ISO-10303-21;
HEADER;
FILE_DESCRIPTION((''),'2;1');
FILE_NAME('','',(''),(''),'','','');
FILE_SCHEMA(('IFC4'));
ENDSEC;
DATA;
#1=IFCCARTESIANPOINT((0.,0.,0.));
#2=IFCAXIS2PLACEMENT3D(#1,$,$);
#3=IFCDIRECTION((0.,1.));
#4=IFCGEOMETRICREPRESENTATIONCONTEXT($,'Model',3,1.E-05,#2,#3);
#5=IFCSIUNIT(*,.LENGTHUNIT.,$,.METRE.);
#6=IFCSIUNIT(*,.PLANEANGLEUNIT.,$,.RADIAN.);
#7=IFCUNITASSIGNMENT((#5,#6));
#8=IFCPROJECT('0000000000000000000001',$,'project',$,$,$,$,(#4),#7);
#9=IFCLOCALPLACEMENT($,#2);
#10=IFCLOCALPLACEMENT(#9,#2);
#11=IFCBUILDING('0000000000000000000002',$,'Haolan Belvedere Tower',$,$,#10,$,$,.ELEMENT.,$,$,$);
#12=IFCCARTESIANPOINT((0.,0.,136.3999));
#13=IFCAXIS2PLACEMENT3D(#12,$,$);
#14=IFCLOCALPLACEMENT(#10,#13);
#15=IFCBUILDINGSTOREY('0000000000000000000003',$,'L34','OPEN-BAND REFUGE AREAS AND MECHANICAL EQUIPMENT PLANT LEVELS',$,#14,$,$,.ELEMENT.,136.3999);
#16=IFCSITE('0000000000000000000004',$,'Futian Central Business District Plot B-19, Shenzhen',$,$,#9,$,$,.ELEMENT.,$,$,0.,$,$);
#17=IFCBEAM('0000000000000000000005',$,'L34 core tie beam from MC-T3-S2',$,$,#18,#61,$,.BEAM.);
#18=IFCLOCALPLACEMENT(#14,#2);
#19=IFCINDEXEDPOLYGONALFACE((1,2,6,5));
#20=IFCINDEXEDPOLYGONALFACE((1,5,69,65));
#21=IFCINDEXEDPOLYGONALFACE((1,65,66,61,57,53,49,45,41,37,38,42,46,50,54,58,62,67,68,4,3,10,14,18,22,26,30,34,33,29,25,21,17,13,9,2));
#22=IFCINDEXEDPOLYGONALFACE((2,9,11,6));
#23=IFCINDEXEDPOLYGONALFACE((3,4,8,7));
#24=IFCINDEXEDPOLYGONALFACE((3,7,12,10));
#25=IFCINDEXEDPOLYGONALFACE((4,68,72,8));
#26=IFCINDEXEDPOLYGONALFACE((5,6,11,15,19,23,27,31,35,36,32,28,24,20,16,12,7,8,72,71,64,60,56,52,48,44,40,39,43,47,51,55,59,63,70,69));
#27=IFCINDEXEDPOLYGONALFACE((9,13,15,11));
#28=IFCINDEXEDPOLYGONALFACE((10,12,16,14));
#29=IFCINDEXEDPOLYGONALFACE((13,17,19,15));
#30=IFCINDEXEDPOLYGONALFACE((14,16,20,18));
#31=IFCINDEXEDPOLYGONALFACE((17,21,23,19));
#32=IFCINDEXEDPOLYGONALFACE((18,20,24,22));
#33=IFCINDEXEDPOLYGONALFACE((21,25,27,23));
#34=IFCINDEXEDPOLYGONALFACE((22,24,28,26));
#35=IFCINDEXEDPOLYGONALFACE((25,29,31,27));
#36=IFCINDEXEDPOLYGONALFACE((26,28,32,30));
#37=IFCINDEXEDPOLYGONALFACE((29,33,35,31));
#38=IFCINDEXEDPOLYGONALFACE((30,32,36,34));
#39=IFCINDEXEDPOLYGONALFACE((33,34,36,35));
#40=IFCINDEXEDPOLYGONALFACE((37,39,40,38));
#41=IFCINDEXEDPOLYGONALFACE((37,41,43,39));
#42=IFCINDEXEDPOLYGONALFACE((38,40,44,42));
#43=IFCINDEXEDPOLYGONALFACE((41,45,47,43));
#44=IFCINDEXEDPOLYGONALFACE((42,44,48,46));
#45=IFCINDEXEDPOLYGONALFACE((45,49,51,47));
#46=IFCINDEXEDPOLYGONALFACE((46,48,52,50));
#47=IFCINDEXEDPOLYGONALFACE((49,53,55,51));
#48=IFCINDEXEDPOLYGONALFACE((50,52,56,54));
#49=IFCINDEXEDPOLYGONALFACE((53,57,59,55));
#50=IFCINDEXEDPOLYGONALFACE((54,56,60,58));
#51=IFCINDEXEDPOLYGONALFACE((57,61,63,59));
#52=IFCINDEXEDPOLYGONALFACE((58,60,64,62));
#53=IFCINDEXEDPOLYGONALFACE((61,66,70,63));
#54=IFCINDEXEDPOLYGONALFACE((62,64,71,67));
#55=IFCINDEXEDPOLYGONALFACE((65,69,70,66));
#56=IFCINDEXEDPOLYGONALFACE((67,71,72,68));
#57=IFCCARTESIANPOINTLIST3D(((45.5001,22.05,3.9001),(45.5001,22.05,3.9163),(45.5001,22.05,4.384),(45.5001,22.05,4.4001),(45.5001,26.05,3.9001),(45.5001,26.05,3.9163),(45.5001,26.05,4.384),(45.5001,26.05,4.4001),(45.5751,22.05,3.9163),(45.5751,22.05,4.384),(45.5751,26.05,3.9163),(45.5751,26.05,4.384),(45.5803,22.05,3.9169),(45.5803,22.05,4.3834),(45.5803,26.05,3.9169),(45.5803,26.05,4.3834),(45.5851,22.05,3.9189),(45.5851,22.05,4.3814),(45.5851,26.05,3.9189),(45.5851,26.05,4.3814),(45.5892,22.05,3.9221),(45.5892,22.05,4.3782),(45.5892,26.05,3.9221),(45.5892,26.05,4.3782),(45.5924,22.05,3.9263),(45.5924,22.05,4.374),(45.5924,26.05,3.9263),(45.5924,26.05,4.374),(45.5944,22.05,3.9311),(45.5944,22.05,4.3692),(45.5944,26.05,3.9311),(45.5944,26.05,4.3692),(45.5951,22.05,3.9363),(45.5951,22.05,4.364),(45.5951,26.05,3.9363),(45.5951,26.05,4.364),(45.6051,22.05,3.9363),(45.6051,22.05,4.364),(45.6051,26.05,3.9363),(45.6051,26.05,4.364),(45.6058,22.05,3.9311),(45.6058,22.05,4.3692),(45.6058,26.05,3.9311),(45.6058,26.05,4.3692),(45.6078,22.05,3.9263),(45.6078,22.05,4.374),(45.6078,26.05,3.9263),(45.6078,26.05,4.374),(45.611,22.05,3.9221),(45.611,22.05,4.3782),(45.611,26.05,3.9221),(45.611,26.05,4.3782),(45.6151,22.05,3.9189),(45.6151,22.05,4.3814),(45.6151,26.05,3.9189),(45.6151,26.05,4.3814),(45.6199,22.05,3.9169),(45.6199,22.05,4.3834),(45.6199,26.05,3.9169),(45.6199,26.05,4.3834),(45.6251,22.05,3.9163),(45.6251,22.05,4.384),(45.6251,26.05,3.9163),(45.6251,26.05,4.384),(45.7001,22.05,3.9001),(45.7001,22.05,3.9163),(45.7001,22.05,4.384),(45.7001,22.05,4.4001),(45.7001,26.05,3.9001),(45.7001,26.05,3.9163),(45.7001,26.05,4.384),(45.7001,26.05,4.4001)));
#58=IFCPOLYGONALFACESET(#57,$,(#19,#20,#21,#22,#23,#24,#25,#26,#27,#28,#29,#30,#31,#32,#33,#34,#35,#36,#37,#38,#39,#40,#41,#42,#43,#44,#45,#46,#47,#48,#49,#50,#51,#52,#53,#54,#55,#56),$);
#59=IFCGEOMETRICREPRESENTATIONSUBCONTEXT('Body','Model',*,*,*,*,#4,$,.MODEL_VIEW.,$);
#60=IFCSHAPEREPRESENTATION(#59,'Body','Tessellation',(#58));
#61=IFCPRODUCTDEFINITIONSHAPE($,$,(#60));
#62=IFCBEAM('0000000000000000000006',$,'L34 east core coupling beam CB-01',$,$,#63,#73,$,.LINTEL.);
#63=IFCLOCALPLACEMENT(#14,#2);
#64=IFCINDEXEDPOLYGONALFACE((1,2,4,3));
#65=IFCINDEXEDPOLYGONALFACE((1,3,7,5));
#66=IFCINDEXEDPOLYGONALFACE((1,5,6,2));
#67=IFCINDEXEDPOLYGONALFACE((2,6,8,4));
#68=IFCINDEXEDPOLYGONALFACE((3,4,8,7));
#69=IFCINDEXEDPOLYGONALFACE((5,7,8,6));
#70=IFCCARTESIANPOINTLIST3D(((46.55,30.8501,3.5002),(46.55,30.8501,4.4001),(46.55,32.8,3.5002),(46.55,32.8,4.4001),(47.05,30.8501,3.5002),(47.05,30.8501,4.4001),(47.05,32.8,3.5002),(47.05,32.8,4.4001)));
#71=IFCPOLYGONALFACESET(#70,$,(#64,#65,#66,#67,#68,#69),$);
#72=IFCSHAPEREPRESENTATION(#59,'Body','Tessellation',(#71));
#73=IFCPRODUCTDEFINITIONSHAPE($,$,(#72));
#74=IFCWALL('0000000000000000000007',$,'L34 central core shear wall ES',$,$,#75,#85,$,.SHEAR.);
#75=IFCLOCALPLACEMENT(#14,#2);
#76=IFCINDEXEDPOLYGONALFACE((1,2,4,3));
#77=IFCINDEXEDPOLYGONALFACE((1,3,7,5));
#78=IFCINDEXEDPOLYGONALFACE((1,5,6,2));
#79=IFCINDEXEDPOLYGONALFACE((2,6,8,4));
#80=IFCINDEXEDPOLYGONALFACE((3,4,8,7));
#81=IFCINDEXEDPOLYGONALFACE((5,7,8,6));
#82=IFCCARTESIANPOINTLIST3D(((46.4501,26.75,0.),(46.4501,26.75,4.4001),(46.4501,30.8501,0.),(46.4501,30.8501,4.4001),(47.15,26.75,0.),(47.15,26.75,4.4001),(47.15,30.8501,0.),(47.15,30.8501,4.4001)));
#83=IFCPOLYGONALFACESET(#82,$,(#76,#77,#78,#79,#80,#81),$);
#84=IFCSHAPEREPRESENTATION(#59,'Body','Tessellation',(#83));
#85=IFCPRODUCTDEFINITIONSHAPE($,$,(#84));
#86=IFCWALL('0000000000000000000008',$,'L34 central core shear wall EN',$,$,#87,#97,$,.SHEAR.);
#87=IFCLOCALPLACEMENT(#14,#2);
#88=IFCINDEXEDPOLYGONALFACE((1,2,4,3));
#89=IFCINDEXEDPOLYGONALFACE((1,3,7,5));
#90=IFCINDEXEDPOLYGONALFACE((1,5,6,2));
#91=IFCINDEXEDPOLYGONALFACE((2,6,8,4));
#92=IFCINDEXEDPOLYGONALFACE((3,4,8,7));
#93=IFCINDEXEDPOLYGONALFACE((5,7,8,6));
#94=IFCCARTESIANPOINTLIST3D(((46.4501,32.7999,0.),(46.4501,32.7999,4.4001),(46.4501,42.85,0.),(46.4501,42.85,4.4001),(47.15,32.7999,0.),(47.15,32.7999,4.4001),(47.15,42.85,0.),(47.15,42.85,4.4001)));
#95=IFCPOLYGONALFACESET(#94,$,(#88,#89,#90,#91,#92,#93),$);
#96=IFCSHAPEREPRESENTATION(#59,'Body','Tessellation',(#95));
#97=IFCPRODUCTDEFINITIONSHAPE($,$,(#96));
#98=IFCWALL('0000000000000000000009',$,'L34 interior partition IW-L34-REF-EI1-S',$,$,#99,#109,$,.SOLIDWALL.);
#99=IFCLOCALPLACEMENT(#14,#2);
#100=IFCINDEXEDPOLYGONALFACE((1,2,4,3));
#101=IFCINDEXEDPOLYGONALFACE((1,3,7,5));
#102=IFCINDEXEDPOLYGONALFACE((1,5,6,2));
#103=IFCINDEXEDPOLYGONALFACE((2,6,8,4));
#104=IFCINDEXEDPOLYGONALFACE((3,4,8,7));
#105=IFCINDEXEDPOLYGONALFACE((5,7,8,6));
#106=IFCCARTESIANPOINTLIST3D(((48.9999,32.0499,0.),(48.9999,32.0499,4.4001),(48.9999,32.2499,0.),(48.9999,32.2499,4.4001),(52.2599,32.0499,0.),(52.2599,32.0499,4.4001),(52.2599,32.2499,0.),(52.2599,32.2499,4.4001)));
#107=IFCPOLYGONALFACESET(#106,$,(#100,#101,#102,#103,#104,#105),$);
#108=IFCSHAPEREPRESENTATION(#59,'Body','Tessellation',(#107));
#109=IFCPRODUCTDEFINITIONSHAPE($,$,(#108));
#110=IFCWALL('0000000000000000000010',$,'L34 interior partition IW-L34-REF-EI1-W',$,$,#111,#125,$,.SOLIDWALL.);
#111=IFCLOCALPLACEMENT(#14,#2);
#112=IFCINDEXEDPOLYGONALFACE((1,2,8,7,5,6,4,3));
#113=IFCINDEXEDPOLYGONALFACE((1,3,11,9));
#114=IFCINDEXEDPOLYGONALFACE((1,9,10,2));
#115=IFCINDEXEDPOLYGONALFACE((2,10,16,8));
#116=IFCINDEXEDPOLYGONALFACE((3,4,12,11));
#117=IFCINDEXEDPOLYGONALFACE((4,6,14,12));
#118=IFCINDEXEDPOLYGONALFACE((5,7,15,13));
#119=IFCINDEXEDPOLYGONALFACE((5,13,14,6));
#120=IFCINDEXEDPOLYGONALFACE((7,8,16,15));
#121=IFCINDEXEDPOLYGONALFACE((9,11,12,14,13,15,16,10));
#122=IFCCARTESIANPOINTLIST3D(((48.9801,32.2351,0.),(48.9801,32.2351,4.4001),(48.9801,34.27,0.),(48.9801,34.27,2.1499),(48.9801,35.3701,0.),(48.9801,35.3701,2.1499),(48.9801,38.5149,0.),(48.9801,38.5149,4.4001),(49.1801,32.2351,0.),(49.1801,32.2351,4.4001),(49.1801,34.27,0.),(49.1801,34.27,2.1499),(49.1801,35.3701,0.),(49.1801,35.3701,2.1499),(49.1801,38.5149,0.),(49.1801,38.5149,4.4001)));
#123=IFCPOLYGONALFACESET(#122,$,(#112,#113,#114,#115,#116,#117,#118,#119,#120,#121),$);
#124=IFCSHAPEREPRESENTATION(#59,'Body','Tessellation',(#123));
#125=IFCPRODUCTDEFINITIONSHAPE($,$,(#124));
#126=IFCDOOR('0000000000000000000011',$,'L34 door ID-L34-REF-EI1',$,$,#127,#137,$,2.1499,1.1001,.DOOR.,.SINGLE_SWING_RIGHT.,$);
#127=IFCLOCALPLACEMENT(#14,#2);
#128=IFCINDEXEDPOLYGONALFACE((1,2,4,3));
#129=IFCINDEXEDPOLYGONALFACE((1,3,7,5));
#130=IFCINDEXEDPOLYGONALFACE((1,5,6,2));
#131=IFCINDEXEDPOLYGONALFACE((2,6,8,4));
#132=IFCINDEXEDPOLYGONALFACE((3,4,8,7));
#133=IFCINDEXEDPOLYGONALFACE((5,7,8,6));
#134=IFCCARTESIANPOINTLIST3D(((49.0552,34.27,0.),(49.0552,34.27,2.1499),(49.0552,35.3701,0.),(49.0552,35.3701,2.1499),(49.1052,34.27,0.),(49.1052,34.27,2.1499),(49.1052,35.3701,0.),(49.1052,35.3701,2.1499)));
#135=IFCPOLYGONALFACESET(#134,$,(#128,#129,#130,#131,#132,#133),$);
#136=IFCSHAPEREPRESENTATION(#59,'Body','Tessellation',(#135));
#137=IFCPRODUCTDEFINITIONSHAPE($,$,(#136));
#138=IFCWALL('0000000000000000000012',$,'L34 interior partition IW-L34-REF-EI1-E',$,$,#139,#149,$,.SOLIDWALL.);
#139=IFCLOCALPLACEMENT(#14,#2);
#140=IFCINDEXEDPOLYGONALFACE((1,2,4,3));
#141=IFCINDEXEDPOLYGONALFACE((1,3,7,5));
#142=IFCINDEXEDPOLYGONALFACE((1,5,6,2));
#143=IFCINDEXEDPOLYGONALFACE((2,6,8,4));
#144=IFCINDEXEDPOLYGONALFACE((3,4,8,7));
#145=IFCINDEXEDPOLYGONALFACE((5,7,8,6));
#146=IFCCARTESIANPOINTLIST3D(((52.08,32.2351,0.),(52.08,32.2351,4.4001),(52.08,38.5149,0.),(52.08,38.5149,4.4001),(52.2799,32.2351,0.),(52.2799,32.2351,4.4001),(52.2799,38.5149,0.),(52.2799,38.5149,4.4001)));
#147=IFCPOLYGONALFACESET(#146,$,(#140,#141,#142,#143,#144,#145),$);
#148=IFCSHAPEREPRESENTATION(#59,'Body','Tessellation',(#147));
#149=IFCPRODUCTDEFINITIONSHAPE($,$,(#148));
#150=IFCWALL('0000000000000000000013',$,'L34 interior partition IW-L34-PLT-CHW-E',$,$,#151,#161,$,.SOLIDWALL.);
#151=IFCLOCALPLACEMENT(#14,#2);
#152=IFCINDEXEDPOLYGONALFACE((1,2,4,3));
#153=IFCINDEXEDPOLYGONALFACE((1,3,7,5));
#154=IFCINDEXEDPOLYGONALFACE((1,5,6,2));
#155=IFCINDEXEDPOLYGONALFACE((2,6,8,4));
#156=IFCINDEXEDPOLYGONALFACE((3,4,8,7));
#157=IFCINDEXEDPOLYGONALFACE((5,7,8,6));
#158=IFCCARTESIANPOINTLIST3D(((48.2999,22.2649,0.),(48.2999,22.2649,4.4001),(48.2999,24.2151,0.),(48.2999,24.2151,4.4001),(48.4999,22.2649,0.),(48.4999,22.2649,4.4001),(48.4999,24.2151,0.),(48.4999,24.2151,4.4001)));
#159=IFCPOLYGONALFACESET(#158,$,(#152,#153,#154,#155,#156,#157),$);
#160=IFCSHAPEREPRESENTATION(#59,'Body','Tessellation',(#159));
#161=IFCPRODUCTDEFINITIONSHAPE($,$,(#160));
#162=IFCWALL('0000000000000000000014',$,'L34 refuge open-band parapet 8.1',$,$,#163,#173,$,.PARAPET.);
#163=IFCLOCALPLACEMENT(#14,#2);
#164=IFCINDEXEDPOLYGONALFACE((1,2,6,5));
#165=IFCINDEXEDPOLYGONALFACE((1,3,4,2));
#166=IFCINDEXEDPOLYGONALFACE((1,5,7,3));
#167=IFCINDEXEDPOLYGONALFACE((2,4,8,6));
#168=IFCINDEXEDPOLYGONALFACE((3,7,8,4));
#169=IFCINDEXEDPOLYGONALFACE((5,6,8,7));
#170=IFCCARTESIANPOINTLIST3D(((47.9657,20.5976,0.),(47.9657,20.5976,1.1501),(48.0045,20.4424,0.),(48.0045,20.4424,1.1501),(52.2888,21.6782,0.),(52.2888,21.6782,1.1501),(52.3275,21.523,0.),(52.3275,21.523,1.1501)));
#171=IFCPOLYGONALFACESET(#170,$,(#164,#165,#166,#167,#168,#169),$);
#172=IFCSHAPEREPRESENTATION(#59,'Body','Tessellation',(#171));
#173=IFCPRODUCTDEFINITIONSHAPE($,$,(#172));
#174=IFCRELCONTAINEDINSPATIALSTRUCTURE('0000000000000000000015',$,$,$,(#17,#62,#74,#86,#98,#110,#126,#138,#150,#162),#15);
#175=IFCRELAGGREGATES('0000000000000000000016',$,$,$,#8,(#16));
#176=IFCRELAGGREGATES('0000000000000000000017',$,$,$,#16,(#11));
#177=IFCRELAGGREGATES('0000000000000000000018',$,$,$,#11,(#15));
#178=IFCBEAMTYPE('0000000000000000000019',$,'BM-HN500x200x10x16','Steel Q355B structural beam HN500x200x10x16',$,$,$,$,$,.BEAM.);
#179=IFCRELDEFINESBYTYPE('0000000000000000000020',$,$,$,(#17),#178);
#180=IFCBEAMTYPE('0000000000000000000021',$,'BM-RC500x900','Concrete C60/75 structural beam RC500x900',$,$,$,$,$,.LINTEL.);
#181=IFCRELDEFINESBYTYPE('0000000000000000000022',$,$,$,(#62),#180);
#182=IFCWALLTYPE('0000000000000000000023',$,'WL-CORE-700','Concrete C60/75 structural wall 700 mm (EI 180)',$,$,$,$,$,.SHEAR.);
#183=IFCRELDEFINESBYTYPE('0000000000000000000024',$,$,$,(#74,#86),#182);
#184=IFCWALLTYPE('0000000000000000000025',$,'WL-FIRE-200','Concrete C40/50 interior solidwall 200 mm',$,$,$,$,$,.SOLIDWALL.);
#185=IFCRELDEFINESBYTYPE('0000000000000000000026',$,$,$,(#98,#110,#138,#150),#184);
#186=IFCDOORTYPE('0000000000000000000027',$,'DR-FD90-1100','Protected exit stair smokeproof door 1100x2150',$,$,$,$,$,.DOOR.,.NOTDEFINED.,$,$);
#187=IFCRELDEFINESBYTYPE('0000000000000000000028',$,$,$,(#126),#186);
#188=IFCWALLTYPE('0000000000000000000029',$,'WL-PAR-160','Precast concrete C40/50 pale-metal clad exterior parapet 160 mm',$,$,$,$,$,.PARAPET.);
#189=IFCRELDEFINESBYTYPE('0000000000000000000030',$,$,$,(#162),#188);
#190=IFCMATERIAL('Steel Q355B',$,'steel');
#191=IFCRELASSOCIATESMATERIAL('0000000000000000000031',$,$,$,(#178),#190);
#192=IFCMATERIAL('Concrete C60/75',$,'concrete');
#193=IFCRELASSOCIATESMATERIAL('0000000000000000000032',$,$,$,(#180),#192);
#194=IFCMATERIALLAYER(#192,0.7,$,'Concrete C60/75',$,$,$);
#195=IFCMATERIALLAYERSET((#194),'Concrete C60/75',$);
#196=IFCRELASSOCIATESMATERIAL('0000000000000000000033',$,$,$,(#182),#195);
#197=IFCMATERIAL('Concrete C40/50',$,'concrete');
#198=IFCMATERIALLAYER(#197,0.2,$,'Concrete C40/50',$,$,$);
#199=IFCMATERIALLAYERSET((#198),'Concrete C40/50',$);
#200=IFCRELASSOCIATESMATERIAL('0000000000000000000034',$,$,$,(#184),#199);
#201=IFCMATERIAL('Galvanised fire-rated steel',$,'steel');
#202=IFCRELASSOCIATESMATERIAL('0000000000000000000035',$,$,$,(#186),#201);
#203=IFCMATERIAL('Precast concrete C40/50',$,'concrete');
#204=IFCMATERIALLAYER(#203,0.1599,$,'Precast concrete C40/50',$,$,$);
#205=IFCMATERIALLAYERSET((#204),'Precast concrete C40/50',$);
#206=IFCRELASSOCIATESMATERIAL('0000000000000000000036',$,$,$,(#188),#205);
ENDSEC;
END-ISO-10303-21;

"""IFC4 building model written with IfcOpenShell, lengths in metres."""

from ifc_helpers import new_model, si_unit, direction, frame, frame_2d, origin, origin_2d, place, context, subcontext, project, spatial, rectangle, i_section, extrude, material, layer, layer_set, material_profile, profile_set, type_object, element, fill, save


model = new_model("IFC4")

# Units and contexts
model_context = context("Model", 3, precision=1e-05, world=origin(), true_north=direction((0.0, 1.0)))
body_context = subcontext(model_context, "Body", "Model", "MODEL_VIEW")
ifc_project = project(units=[si_unit("LENGTHUNIT", "METRE"), si_unit("PLANEANGLEUNIT", "RADIAN")], contexts=[model_context])

# Site, building, storey
site_placement = place(None, origin())
site = spatial("IfcSite", under=ifc_project, at=site_placement, Name="Futian Central Business District Plot B-19, Shenzhen", CompositionType="ELEMENT", RefElevation=0.0)
building_placement = place(site_placement, origin())
building = spatial("IfcBuilding", under=site, at=building_placement, Name="Haolan Belvedere Tower", CompositionType="ELEMENT")
storey_placement = place(building_placement, frame((0.0, 0.0, 136.3999)))
storey = spatial("IfcBuildingStorey", under=building, at=storey_placement, Name="L34", Description="OPEN-BAND REFUGE AREAS AND MECHANICAL EQUIPMENT PLANT LEVELS", CompositionType="ELEMENT", Elevation=136.3999)

# Beams
ifc_material_1 = material(Name="Steel Q355B", Category="steel")
ifc_material_profile_1 = material_profile(ifc_material_1, i_section(OverallWidth=0.2, OverallDepth=0.5, WebThickness=0.01, FlangeThickness=0.0161, FilletRadius=0.02, at=origin_2d()), Name="Steel Q355B")
ifc_profile_set_1 = profile_set([ifc_material_profile_1], Name="Steel Q355B")
beam_type_1 = type_object("IfcBeamType", Name="BM-HN500x200x10x16", Description="Steel Q355B structural beam HN500x200x10x16", PredefinedType="BEAM", material=ifc_profile_set_1)
beam_1_placement = place(storey_placement, frame((45.6001, 22.05, 4.1501), z_axis=(0.0, 1.0, 0.0), x_axis=(-1.0, 0.0, 0.0)))
element("IfcBeam", 1, at=beam_1_placement, inside=storey, type_object=beam_type_1, Name="L34 core tie beam from MC-T3-S2", PredefinedType="BEAM", context=body_context, shape_type="SweptSolid", body=[
    extrude(i_section(OverallWidth=0.2, OverallDepth=0.5, WebThickness=0.01, FlangeThickness=0.0161, FilletRadius=0.02, at=origin_2d()), origin(), (0.0, 0.0, 1.0), 4.0),
])
ifc_material_2 = material(Name="Concrete C60/75", Category="concrete")
ifc_material_profile_2 = material_profile(ifc_material_2, rectangle(XDim=0.5, YDim=0.8999, at=origin_2d()), Name="Concrete C60/75")
ifc_profile_set_2 = profile_set([ifc_material_profile_2], Name="Concrete C60/75")
beam_type_2 = type_object("IfcBeamType", Name="BM-RC500x900", Description="Concrete C60/75 structural beam RC500x900", PredefinedType="LINTEL", material=ifc_profile_set_2)
beam_2_placement = place(storey_placement, frame((46.8, 30.8501, 3.9502), z_axis=(0.0, 1.0, 0.0), x_axis=(-1.0, 0.0, 0.0)))
element("IfcBeam", 2, at=beam_2_placement, inside=storey, type_object=beam_type_2, Name="L34 east core coupling beam CB-01", PredefinedType="LINTEL", context=body_context, shape_type="SweptSolid", body=[
    extrude(rectangle(XDim=0.5, YDim=0.8999, at=origin_2d()), origin(), (0.0, 0.0, 1.0), 1.95),
])

# Walls
ifc_layer_1 = layer(ifc_material_2, 0.7, Name="Concrete C60/75")
ifc_layer_set_1 = layer_set([ifc_layer_1], Name="Concrete C60/75")
wall_type_1 = type_object("IfcWallType", Name="WL-CORE-700", Description="Concrete C60/75 structural wall 700 mm (EI 180)", PredefinedType="SHEAR", material=ifc_layer_set_1)
wall_1_placement = place(storey_placement, frame((46.8, 26.75, 0.0), z_axis=(0.0, 0.0, 1.0), x_axis=(0.0, 1.0, 0.0)))
element("IfcWall", 3, at=wall_1_placement, inside=storey, type_object=wall_type_1, Name="L34 central core shear wall ES", PredefinedType="SHEAR", context=body_context, shape_type="SweptSolid", body=[
    extrude(rectangle(XDim=4.1001, YDim=0.7, at=frame_2d((2.05, 0.0))), origin(), (0.0, 0.0, 1.0), 4.4001),
])
wall_2_placement = place(storey_placement, frame((46.8, 32.8, 0.0), z_axis=(0.0, 0.0, 1.0), x_axis=(0.0, 1.0, 0.0)))
element("IfcWall", 4, at=wall_2_placement, inside=storey, type_object=wall_type_1, Name="L34 central core shear wall EN", PredefinedType="SHEAR", context=body_context, shape_type="SweptSolid", body=[
    extrude(rectangle(XDim=10.05, YDim=0.7, at=frame_2d((5.0249, 0.0))), origin(), (0.0, 0.0, 1.0), 4.4001),
])
ifc_material_3 = material(Name="Concrete C40/50", Category="concrete")
ifc_layer_2 = layer(ifc_material_3, 0.2, Name="Concrete C40/50")
ifc_layer_set_2 = layer_set([ifc_layer_2], Name="Concrete C40/50")
wall_type_2 = type_object("IfcWallType", Name="WL-FIRE-200", Description="Concrete C40/50 interior solidwall 200 mm", PredefinedType="SOLIDWALL", material=ifc_layer_set_2)
wall_3_placement = place(storey_placement, frame((49.0, 32.1499, 0.0), z_axis=(0.0, 0.0, 1.0), x_axis=(1.0, 0.0, 0.0)))
element("IfcWall", 5, at=wall_3_placement, inside=storey, type_object=wall_type_2, Name="L34 interior partition IW-L34-REF-EI1-S", PredefinedType="SOLIDWALL", context=body_context, shape_type="SweptSolid", body=[
    extrude(rectangle(XDim=3.26, YDim=0.2, at=frame_2d((1.6299, 0.0))), origin(), (0.0, 0.0, 1.0), 4.4001),
])

# Wall, opening, door
wall_4_placement = place(storey_placement, frame((49.0801, 32.2351, 0.0), z_axis=(0.0, 0.0, 1.0), x_axis=(0.0, 1.0, 0.0)))
wall_4 = element("IfcWall", 6, at=wall_4_placement, inside=storey, type_object=wall_type_2, Name="L34 interior partition IW-L34-REF-EI1-W", PredefinedType="SOLIDWALL", context=body_context, shape_type="SweptSolid", body=[
    extrude(rectangle(XDim=6.2798, YDim=0.2, at=frame_2d((3.1399, 0.0))), origin(), (0.0, 0.0, 1.0), 4.4001),
])
opening_placement = place(wall_4_placement, frame((2.0349, 0.0, 0.0)))
opening = element("IfcOpeningElement", 7, at=opening_placement, cuts=wall_4, PredefinedType="OPENING", context=body_context, shape_type="SweptSolid", body=[
    extrude(rectangle(XDim=1.1001, YDim=2.1499, at=frame_2d((0.55, 1.075))), frame((0.0, 0.1099, 0.0), z_axis=(0.0, -1.0, 0.0), x_axis=(1.0, 0.0, 0.0)), (0.0, 0.0, 1.0), 0.22),
])
ifc_material_4 = material(Name="Galvanised fire-rated steel", Category="steel")
door_type = type_object("IfcDoorType", Name="DR-FD90-1100", Description="Protected exit stair smokeproof door 1100x2150", OperationType="NOTDEFINED", PredefinedType="DOOR", material=ifc_material_4)
door_placement = place(opening_placement, origin())
door = element("IfcDoor", 8, at=door_placement, inside=storey, type_object=door_type, Name="L34 door ID-L34-REF-EI1", OperationType="SINGLE_SWING_RIGHT", OverallHeight=2.1499, OverallWidth=1.1001, PredefinedType="DOOR", context=body_context, shape_type="SweptSolid", body=[
    extrude(rectangle(XDim=1.1001, YDim=2.1499, at=frame_2d((0.55, 1.075))), frame((0.0, 0.0249, 0.0), z_axis=(0.0, -1.0, 0.0), x_axis=(1.0, 0.0, 0.0)), (0.0, 0.0, 1.0), 0.05),
])
fill(opening, door)

# Walls
wall_5_placement = place(storey_placement, frame((52.1799, 32.2351, 0.0), z_axis=(0.0, 0.0, 1.0), x_axis=(0.0, 1.0, 0.0)))
element("IfcWall", 9, at=wall_5_placement, inside=storey, type_object=wall_type_2, Name="L34 interior partition IW-L34-REF-EI1-E", PredefinedType="SOLIDWALL", context=body_context, shape_type="SweptSolid", body=[
    extrude(rectangle(XDim=6.2798, YDim=0.2, at=frame_2d((3.1399, 0.0))), origin(), (0.0, 0.0, 1.0), 4.4001),
])
wall_6_placement = place(storey_placement, frame((48.3999, 22.2649, 0.0), z_axis=(0.0, 0.0, 1.0), x_axis=(0.0, 1.0, 0.0)))
element("IfcWall", 10, at=wall_6_placement, inside=storey, type_object=wall_type_2, Name="L34 interior partition IW-L34-PLT-CHW-E", PredefinedType="SOLIDWALL", context=body_context, shape_type="SweptSolid", body=[
    extrude(rectangle(XDim=1.9502, YDim=0.2, at=frame_2d((0.9751, 0.0))), origin(), (0.0, 0.0, 1.0), 4.4001),
])
ifc_material_5 = material(Name="Precast concrete C40/50", Category="concrete")
ifc_layer_3 = layer(ifc_material_5, 0.1599, Name="Precast concrete C40/50")
ifc_layer_set_3 = layer_set([ifc_layer_3], Name="Precast concrete C40/50")
wall_type_3 = type_object("IfcWallType", Name="WL-PAR-160", Description="Precast concrete C40/50 pale-metal clad exterior parapet 160 mm", PredefinedType="PARAPET", material=ifc_layer_set_3)
wall_7_placement = place(storey_placement, frame((47.9851, 20.52, 0.0), z_axis=(0.0, 0.0, 1.0), x_axis=(0.970152, 0.242497, 0.0)))
element("IfcWall", 11, at=wall_7_placement, inside=storey, type_object=wall_type_3, Name="L34 refuge open-band parapet 8.1", PredefinedType="PARAPET", context=body_context, shape_type="SweptSolid", body=[
    extrude(rectangle(XDim=4.4561, YDim=0.1599, at=frame_2d((2.228, 0.0))), origin(), (0.0, 0.0, 1.0), 1.1501),
])

save(model, "model.ifc")
